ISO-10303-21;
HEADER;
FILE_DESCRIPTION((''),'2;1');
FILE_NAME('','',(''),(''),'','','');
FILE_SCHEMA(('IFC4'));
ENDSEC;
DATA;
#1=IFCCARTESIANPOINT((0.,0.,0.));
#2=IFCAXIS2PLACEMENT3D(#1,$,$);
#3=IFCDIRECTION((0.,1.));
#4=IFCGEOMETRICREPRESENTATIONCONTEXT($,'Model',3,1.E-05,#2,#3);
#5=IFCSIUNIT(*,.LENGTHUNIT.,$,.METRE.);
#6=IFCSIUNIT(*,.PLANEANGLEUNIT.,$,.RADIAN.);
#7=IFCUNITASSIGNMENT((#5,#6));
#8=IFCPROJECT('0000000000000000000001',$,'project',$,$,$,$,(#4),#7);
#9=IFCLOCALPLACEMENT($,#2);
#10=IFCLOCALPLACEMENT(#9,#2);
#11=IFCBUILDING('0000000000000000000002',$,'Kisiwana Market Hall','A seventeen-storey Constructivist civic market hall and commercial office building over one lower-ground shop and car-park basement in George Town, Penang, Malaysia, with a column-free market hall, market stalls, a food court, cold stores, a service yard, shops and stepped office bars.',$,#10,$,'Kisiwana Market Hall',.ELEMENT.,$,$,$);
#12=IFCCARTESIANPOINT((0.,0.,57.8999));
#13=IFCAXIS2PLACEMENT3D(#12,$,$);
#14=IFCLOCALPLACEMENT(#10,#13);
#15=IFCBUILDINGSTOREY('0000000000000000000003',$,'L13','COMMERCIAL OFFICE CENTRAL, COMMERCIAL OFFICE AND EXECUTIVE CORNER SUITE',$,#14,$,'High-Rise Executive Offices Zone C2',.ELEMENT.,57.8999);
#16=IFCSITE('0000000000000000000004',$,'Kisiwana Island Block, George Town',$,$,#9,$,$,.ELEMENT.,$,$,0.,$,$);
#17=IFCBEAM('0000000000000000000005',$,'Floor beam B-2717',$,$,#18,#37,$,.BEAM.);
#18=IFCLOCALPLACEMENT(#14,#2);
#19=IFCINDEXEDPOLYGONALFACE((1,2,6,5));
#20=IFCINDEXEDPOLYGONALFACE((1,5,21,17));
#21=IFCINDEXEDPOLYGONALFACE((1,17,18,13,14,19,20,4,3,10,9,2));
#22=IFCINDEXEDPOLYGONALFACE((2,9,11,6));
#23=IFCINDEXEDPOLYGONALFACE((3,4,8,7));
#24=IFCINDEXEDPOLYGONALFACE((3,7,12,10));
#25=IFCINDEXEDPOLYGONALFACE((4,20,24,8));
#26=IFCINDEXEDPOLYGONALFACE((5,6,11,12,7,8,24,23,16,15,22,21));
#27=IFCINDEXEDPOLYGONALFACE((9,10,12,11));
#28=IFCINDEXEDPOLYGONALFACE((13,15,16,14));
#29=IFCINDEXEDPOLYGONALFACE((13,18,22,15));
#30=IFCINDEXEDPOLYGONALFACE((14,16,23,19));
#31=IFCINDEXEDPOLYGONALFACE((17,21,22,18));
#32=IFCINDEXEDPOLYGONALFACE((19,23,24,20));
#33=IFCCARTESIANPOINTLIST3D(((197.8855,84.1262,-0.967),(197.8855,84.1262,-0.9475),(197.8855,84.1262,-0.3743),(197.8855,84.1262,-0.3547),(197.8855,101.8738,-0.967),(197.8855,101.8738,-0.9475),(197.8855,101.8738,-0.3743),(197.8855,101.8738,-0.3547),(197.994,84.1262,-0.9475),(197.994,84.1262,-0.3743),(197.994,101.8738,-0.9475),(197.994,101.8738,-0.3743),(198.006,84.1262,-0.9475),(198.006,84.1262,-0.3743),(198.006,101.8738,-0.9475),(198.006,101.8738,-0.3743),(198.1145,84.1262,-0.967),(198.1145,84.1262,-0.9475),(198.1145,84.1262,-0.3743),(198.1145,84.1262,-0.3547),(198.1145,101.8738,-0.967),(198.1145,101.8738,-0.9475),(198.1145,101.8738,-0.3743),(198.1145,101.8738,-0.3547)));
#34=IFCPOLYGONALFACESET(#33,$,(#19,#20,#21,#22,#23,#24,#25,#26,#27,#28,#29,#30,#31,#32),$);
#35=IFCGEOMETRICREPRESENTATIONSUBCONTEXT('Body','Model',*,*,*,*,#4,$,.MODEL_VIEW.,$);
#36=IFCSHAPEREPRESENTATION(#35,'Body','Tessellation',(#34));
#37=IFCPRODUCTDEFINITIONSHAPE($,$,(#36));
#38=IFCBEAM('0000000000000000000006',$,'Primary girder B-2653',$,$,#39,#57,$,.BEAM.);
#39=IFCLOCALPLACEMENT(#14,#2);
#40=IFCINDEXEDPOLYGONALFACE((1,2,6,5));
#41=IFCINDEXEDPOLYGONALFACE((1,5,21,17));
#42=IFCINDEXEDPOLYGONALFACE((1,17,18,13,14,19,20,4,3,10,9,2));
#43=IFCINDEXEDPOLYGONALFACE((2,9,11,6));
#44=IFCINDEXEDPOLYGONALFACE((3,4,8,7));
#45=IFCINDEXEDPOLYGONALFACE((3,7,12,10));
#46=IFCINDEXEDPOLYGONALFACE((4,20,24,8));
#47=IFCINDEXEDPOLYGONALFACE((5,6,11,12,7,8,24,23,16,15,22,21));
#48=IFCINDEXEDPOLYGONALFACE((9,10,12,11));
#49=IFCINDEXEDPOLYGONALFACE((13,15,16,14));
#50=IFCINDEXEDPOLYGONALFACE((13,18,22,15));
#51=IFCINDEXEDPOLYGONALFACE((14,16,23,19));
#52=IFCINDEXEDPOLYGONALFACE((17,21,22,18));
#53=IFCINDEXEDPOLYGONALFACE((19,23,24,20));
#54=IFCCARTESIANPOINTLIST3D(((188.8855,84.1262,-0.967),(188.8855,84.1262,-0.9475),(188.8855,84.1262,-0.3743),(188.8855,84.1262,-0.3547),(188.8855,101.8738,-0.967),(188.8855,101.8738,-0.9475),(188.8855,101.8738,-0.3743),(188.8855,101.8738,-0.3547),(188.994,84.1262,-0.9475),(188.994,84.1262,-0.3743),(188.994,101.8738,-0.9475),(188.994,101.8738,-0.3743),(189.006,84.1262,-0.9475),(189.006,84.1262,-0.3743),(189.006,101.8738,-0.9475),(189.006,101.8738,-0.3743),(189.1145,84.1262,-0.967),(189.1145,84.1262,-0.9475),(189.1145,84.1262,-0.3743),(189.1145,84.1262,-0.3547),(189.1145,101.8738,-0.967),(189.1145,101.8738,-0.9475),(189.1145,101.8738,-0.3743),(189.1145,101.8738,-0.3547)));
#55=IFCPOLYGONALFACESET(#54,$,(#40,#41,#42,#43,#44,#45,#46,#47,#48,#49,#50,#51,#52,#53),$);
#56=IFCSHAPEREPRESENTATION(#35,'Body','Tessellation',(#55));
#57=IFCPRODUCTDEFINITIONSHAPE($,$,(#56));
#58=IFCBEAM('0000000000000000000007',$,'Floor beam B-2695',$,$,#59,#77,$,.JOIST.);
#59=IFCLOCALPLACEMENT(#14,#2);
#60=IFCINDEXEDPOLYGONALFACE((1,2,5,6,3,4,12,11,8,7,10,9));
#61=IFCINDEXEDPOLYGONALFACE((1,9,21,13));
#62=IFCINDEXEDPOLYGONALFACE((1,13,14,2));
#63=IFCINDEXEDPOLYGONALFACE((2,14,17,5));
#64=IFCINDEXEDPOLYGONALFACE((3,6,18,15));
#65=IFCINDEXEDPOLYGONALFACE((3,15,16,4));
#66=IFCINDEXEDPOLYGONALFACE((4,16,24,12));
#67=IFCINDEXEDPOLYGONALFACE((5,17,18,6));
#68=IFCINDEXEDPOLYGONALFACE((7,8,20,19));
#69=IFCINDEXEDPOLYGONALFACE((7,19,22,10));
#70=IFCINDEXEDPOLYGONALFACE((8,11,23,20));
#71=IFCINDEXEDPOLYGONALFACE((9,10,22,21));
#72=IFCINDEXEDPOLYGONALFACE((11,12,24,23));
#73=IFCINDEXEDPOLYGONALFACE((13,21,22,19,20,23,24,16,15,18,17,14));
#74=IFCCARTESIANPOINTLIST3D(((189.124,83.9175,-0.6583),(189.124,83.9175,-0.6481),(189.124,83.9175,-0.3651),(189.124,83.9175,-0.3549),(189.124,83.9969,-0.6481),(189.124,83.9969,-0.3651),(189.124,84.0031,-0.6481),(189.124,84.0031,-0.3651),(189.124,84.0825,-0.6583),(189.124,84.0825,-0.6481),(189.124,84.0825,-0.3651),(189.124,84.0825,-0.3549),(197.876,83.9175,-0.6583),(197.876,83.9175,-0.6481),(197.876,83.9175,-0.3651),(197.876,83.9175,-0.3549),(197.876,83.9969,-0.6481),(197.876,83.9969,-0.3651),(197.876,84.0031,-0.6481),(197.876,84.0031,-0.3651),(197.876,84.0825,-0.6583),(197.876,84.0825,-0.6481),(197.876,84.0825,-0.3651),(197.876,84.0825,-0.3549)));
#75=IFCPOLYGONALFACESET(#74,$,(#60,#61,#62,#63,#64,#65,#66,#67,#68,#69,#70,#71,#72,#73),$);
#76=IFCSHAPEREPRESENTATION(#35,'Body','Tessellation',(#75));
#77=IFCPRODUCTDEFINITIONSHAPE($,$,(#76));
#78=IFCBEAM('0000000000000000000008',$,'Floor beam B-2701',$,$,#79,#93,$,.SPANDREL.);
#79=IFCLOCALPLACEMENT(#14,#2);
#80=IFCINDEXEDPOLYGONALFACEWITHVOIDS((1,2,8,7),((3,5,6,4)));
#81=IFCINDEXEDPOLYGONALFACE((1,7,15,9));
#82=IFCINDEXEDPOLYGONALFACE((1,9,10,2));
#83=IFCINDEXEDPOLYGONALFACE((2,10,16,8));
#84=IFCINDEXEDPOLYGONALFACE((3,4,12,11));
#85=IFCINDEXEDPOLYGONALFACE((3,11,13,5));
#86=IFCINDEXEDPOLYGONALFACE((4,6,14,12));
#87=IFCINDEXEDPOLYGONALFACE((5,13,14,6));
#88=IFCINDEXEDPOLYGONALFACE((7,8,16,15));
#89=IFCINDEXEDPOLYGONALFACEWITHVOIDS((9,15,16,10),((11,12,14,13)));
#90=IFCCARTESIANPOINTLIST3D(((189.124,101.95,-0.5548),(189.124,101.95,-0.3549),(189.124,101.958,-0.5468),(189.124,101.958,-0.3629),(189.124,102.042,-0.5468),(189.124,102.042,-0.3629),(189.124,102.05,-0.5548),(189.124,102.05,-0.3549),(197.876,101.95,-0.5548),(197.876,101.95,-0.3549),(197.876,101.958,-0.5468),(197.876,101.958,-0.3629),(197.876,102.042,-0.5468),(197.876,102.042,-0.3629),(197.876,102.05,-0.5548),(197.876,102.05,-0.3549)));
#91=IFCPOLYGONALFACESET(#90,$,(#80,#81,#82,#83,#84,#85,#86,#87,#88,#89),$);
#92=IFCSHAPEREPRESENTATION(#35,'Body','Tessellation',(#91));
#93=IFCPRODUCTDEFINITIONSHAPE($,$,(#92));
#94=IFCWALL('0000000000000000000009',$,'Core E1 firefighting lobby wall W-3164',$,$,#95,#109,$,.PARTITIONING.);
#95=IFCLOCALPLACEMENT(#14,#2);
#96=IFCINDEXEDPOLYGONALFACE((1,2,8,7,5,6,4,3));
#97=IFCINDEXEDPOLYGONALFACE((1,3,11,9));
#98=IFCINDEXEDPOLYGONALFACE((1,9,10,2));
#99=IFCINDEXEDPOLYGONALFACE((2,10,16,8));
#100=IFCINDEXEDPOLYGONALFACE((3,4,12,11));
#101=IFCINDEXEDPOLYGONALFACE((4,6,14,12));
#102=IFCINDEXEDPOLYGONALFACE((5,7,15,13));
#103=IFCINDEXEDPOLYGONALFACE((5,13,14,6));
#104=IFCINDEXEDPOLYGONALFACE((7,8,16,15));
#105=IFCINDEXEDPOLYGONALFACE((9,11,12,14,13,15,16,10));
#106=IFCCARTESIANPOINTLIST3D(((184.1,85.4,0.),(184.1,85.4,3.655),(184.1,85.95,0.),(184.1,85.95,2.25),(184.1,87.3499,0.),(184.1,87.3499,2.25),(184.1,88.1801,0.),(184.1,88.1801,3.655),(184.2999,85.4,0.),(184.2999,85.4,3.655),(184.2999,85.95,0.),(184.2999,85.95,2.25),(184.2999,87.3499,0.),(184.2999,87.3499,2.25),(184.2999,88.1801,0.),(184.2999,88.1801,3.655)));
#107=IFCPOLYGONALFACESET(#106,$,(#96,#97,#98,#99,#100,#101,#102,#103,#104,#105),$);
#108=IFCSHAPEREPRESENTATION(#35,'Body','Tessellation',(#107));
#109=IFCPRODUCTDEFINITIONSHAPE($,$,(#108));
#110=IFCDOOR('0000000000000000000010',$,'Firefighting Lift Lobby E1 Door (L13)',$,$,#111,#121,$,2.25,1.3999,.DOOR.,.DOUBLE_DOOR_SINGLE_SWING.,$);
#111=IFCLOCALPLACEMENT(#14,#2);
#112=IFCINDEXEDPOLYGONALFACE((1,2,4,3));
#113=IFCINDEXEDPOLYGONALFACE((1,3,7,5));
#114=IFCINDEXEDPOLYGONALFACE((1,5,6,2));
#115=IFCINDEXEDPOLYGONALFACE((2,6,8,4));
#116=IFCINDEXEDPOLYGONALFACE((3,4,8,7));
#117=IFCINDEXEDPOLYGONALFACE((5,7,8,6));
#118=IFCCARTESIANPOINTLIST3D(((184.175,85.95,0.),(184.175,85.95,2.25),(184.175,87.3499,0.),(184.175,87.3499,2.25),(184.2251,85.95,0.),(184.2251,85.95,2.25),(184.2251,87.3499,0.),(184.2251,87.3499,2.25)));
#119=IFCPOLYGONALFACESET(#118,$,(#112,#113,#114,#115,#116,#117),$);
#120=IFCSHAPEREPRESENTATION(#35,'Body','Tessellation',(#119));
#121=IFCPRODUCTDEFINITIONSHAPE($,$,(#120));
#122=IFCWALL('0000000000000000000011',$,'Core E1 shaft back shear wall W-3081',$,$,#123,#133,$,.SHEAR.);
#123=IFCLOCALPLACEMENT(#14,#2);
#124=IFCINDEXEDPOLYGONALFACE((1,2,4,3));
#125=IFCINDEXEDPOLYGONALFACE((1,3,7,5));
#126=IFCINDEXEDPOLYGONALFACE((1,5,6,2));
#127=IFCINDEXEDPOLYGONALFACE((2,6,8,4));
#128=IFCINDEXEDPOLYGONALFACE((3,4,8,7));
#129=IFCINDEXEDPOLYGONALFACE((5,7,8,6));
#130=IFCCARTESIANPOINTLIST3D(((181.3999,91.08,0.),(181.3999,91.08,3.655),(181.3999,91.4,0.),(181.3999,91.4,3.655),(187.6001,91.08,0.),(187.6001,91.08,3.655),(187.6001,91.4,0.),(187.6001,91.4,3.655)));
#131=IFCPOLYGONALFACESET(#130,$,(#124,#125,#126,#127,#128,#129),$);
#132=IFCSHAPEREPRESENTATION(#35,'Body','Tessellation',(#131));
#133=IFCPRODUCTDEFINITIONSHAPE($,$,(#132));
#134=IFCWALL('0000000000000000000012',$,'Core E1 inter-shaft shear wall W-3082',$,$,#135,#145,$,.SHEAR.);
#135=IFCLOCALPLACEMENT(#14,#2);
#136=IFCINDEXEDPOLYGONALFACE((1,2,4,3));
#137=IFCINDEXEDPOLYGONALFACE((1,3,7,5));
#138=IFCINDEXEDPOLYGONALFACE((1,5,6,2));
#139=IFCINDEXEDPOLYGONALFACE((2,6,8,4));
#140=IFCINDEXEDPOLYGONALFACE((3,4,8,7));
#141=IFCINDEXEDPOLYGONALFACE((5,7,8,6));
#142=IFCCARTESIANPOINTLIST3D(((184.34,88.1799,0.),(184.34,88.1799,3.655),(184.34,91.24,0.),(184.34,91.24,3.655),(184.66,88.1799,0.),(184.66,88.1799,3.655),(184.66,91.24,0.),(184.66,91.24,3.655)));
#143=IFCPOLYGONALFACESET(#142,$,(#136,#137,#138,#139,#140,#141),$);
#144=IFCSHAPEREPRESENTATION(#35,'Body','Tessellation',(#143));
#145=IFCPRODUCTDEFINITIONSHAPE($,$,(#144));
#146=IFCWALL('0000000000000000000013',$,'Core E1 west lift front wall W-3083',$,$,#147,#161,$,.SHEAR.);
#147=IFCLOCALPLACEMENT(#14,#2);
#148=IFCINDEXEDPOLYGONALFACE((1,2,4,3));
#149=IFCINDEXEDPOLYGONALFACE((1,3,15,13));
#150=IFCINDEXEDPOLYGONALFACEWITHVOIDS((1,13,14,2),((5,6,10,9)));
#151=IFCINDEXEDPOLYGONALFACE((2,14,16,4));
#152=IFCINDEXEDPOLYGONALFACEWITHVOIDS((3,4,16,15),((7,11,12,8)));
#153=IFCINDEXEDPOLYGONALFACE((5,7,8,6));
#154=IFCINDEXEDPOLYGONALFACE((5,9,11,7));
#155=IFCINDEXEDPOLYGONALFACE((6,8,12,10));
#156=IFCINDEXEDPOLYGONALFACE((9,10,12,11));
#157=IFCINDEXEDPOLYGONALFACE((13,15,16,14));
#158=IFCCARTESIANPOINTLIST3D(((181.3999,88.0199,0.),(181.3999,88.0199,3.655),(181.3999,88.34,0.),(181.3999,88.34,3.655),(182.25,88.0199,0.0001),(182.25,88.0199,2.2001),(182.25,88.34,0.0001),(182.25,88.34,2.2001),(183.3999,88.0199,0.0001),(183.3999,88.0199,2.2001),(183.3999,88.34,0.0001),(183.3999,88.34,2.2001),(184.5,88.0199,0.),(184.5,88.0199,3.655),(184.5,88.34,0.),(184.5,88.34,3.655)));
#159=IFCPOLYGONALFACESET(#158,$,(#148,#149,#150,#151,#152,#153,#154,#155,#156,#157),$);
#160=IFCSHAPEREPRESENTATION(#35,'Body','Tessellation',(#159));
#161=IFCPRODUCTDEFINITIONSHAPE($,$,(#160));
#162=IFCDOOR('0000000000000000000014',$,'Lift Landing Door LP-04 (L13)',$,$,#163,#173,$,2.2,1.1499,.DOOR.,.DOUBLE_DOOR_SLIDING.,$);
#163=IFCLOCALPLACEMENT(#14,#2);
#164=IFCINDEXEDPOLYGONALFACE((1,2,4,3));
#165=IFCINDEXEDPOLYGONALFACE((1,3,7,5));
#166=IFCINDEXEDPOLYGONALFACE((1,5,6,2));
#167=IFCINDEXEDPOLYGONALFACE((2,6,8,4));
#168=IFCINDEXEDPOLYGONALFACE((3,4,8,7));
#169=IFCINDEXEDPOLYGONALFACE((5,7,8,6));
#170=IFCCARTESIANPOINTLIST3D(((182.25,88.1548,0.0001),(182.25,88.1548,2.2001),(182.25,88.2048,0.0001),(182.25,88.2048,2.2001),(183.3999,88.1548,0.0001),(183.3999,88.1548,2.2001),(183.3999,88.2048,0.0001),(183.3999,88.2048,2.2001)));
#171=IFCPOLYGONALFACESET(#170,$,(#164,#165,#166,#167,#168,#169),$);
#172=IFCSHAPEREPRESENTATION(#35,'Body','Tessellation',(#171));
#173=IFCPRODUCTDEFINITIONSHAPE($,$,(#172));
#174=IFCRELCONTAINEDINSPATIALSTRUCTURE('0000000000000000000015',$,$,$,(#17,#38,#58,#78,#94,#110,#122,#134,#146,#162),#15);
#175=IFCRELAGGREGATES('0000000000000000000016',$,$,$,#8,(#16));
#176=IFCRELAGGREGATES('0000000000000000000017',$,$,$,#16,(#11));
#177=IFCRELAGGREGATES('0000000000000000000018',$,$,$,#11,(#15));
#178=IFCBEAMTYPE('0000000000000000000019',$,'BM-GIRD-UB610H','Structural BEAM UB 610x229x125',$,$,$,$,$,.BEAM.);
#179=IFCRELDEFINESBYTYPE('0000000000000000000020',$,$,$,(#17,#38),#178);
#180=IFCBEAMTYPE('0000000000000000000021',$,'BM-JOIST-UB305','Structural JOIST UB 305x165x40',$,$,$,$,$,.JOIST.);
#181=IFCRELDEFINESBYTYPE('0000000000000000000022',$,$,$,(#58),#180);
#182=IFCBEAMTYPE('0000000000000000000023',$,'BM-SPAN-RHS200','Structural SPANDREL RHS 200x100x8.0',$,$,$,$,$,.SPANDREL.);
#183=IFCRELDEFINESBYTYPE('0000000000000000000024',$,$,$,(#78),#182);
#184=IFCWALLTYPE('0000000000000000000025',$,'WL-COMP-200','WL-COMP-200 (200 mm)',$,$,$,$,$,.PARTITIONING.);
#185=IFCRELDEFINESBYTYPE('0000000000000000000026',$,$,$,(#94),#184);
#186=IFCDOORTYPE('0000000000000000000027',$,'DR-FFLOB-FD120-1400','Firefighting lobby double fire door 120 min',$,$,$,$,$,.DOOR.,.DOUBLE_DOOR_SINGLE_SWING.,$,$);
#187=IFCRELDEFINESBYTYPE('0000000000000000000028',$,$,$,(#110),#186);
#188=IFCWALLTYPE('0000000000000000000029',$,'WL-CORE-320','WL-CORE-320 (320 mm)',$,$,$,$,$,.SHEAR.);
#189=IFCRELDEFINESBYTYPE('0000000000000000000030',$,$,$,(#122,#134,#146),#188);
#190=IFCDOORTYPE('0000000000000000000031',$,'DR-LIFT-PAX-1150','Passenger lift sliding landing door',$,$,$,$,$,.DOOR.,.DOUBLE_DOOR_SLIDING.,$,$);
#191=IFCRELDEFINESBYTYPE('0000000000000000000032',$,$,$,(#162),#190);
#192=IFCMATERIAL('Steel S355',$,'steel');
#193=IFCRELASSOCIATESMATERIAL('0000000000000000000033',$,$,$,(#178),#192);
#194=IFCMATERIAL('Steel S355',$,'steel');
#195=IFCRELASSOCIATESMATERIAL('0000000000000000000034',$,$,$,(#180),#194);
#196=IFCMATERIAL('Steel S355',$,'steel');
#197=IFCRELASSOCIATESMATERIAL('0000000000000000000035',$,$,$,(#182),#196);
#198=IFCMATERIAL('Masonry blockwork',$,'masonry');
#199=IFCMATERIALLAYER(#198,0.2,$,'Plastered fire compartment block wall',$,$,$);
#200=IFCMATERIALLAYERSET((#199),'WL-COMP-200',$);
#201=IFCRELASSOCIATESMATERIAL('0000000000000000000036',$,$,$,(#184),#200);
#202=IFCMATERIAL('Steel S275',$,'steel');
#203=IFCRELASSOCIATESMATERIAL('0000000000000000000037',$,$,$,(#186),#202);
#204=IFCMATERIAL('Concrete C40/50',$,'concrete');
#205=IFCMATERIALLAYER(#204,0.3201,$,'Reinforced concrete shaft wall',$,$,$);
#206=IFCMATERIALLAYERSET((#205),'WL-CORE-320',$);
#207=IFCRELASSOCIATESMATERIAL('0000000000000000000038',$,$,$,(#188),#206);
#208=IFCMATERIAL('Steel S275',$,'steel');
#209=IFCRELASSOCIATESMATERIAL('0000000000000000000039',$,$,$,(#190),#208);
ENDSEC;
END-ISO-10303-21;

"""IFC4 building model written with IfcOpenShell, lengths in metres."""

from ifc_helpers import new_model, si_unit, direction, frame, frame_2d, origin, origin_2d, place, context, subcontext, project, spatial, rectangle, hollow_rectangle, i_section, extrude, material, layer, layer_set, material_profile, profile_set, type_object, element, fill, save


model = new_model("IFC4")

# Units and contexts
model_context = context("Model", 3, precision=1e-05, world=origin(), true_north=direction((0.0, 1.0)))
body_context = subcontext(model_context, "Body", "Model", "MODEL_VIEW")
ifc_project = project(units=[si_unit("LENGTHUNIT", "METRE"), si_unit("PLANEANGLEUNIT", "RADIAN")], contexts=[model_context])

# Site, building, storey
site_placement = place(None, origin())
site = spatial("IfcSite", under=ifc_project, at=site_placement, Name="Kisiwana Island Block, George Town", CompositionType="ELEMENT", RefElevation=0.0)
building_placement = place(site_placement, origin())
building = spatial("IfcBuilding", under=site, at=building_placement, Name="Kisiwana Market Hall", Description="A seventeen-storey Constructivist civic market hall and commercial office building over one lower-ground shop and car-park basement in George Town, Penang, Malaysia, with a column-free market hall, market stalls, a food court, cold stores, a service yard, shops and stepped office bars.", LongName="Kisiwana Market Hall", CompositionType="ELEMENT")
storey_placement = place(building_placement, frame((0.0, 0.0, 57.8999)))
storey = spatial("IfcBuildingStorey", under=building, at=storey_placement, Name="L13", Description="COMMERCIAL OFFICE CENTRAL, COMMERCIAL OFFICE AND EXECUTIVE CORNER SUITE", LongName="High-Rise Executive Offices Zone C2", CompositionType="ELEMENT", Elevation=57.8999)

# Beams
ifc_material_1 = material(Name="Steel S355", Category="steel")
ifc_material_profile_1 = material_profile(ifc_material_1, i_section(OverallWidth=0.229, OverallDepth=0.6123, WebThickness=0.012, FlangeThickness=0.0195, at=origin_2d()), Name="UB 610x229x125")
ifc_profile_set_1 = profile_set([ifc_material_profile_1], Name="Steel S355")
beam_type_1 = type_object("IfcBeamType", Name="BM-GIRD-UB610H", Description="Structural BEAM UB 610x229x125", PredefinedType="BEAM", material=ifc_profile_set_1)
for number, where, z_axis, x_axis, name in (
    (1, (198.0, 84.1262, -0.6609), (0.0, 1.0, 0.0), (-1.0, 0.0, 0.0), "Floor beam B-2717"),
    (2, (189.0, 84.1262, -0.6609), (0.0, 1.0, 0.0), (-1.0, 0.0, 0.0), "Primary girder B-2653"),
):
    element("IfcBeam", number, at=place(storey_placement, frame(where, z_axis=z_axis, x_axis=x_axis)), inside=storey, type_object=beam_type_1, Name=name, PredefinedType="BEAM", context=body_context, shape_type="SweptSolid", body=[
        extrude(i_section(OverallWidth=0.229, OverallDepth=0.6123, WebThickness=0.012, FlangeThickness=0.0195, at=origin_2d()), origin(), (0.0, 0.0, 1.0), 17.7476),
    ])
ifc_material_2 = material(Name="Steel S355", Category="steel")
ifc_material_profile_2 = material_profile(ifc_material_2, i_section(OverallWidth=0.165, OverallDepth=0.3035, WebThickness=0.0061, FlangeThickness=0.0103, at=origin_2d()), Name="UB 305x165x40")
ifc_profile_set_2 = profile_set([ifc_material_profile_2], Name="Steel S355")
beam_type_2 = type_object("IfcBeamType", Name="BM-JOIST-UB305", Description="Structural JOIST UB 305x165x40", PredefinedType="JOIST", material=ifc_profile_set_2)
beam_1_placement = place(storey_placement, frame((189.124, 84.0, -0.5066), z_axis=(1.0, 0.0, 0.0), x_axis=(0.0, 1.0, 0.0)))
element("IfcBeam", 3, at=beam_1_placement, inside=storey, type_object=beam_type_2, Name="Floor beam B-2695", PredefinedType="JOIST", context=body_context, shape_type="SweptSolid", body=[
    extrude(i_section(OverallWidth=0.165, OverallDepth=0.3035, WebThickness=0.0061, FlangeThickness=0.0103, at=origin_2d()), origin(), (0.0, 0.0, 1.0), 8.752),
])
ifc_material_3 = material(Name="Steel S355", Category="steel")
ifc_material_profile_3 = material_profile(ifc_material_3, hollow_rectangle(XDim=0.1001, YDim=0.2, WallThickness=0.0081, at=origin_2d()), Name="RHS 200x100x8.0")
ifc_profile_set_3 = profile_set([ifc_material_profile_3], Name="Steel S355")
beam_type_3 = type_object("IfcBeamType", Name="BM-SPAN-RHS200", Description="Structural SPANDREL RHS 200x100x8.0", PredefinedType="SPANDREL", material=ifc_profile_set_3)
beam_2_placement = place(storey_placement, frame((189.124, 102.0, -0.4548), z_axis=(1.0, 0.0, 0.0), x_axis=(0.0, 1.0, 0.0)))
element("IfcBeam", 4, at=beam_2_placement, inside=storey, type_object=beam_type_3, Name="Floor beam B-2701", PredefinedType="SPANDREL", context=body_context, shape_type="SweptSolid", body=[
    extrude(hollow_rectangle(XDim=0.1001, YDim=0.2, WallThickness=0.0081, at=origin_2d()), origin(), (0.0, 0.0, 1.0), 8.752),
])

# Wall, opening, door
ifc_material_4 = material(Name="Masonry blockwork", Category="masonry")
ifc_layer_1 = layer(ifc_material_4, 0.2, Name="Plastered fire compartment block wall")
ifc_layer_set_1 = layer_set([ifc_layer_1], Name="WL-COMP-200")
wall_type_1 = type_object("IfcWallType", Name="WL-COMP-200", Description="WL-COMP-200 (200 mm)", PredefinedType="PARTITIONING", material=ifc_layer_set_1)
wall_1_placement = place(storey_placement, frame((184.2, 85.3999, 0.0), z_axis=(0.0, 0.0, 1.0), x_axis=(0.0, 1.0, 0.0)))
wall_1 = element("IfcWall", 5, at=wall_1_placement, inside=storey, type_object=wall_type_1, Name="Core E1 firefighting lobby wall W-3164", PredefinedType="PARTITIONING", context=body_context, shape_type="SweptSolid", body=[
    extrude(rectangle(XDim=2.78, YDim=0.2, at=frame_2d((1.3901, 0.0))), origin(), (0.0, 0.0, 1.0), 3.655),
])
opening_1_placement = place(wall_1_placement, frame((0.55, 0.0, 0.0)))
opening_1 = element("IfcOpeningElement", 6, at=opening_1_placement, cuts=wall_1, PredefinedType="OPENING", context=body_context, shape_type="SweptSolid", body=[
    extrude(rectangle(XDim=1.3999, YDim=2.25, at=frame_2d((0.7, 1.125))), frame((0.0, 0.1118, 0.0), z_axis=(0.0, -1.0, 0.0), x_axis=(1.0, 0.0, 0.0)), (0.0, 0.0, 1.0), 0.2239),
])
ifc_material_5 = material(Name="Steel S275", Category="steel")
door_type_1 = type_object("IfcDoorType", Name="DR-FFLOB-FD120-1400", Description="Firefighting lobby double fire door 120 min", OperationType="DOUBLE_DOOR_SINGLE_SWING", PredefinedType="DOOR", material=ifc_material_5)
door_1_placement = place(opening_1_placement, origin())
door_1 = element("IfcDoor", 7, at=door_1_placement, inside=storey, type_object=door_type_1, Name="Firefighting Lift Lobby E1 Door (L13)", OperationType="DOUBLE_DOOR_SINGLE_SWING", OverallHeight=2.25, OverallWidth=1.3999, PredefinedType="DOOR", context=body_context, shape_type="SweptSolid", body=[
    extrude(rectangle(XDim=1.3999, YDim=2.25, at=frame_2d((0.7, 1.125))), frame((0.0, 0.0249, 0.0), z_axis=(0.0, -1.0, 0.0), x_axis=(1.0, 0.0, 0.0)), (0.0, 0.0, 1.0), 0.05),
])
fill(opening_1, door_1)

# Walls
ifc_material_6 = material(Name="Concrete C40/50", Category="concrete")
ifc_layer_2 = layer(ifc_material_6, 0.3201, Name="Reinforced concrete shaft wall")
ifc_layer_set_2 = layer_set([ifc_layer_2], Name="WL-CORE-320")
wall_type_2 = type_object("IfcWallType", Name="WL-CORE-320", Description="WL-CORE-320 (320 mm)", PredefinedType="SHEAR", material=ifc_layer_set_2)
wall_2_placement = place(storey_placement, frame((181.3999, 91.24, 0.0), z_axis=(0.0, 0.0, 1.0), x_axis=(1.0, 0.0, 0.0)))
element("IfcWall", 8, at=wall_2_placement, inside=storey, type_object=wall_type_2, Name="Core E1 shaft back shear wall W-3081", PredefinedType="SHEAR", context=body_context, shape_type="SweptSolid", body=[
    extrude(rectangle(XDim=6.2002, YDim=0.3201, at=frame_2d((3.1001, 0.0))), origin(), (0.0, 0.0, 1.0), 3.655),
])
wall_3_placement = place(storey_placement, frame((184.5, 88.1799, 0.0), z_axis=(0.0, 0.0, 1.0), x_axis=(0.0, 1.0, 0.0)))
element("IfcWall", 9, at=wall_3_placement, inside=storey, type_object=wall_type_2, Name="Core E1 inter-shaft shear wall W-3082", PredefinedType="SHEAR", context=body_context, shape_type="SweptSolid", body=[
    extrude(rectangle(XDim=3.0601, YDim=0.3201, at=frame_2d((1.53, 0.0))), origin(), (0.0, 0.0, 1.0), 3.655),
])

# Wall, opening, door
wall_4_placement = place(storey_placement, frame((181.3999, 88.1799, 0.0), z_axis=(0.0, 0.0, 1.0), x_axis=(1.0, 0.0, 0.0)))
wall_4 = element("IfcWall", 10, at=wall_4_placement, inside=storey, type_object=wall_type_2, Name="Core E1 west lift front wall W-3083", PredefinedType="SHEAR", context=body_context, shape_type="SweptSolid", body=[
    extrude(rectangle(XDim=3.1001, YDim=0.3201, at=frame_2d((1.55, 0.0))), origin(), (0.0, 0.0, 1.0), 3.655),
])
opening_2_placement = place(wall_4_placement, frame((0.8501, 0.0, 0.0)))
opening_2 = element("IfcOpeningElement", 11, at=opening_2_placement, cuts=wall_4, PredefinedType="OPENING", context=body_context, shape_type="SweptSolid", body=[
    extrude(rectangle(XDim=1.1499, YDim=2.2, at=frame_2d((0.575, 1.1001))), frame((0.0, 0.1719, 0.0), z_axis=(0.0, -1.0, 0.0), x_axis=(1.0, 0.0, 0.0)), (0.0, 0.0, 1.0), 0.344),
])
ifc_material_7 = material(Name="Steel S275", Category="steel")
door_type_2 = type_object("IfcDoorType", Name="DR-LIFT-PAX-1150", Description="Passenger lift sliding landing door", OperationType="DOUBLE_DOOR_SLIDING", PredefinedType="DOOR", material=ifc_material_7)
door_2_placement = place(opening_2_placement, origin())
door_2 = element("IfcDoor", 12, at=door_2_placement, inside=storey, type_object=door_type_2, Name="Lift Landing Door LP-04 (L13)", OperationType="DOUBLE_DOOR_SLIDING", OverallHeight=2.2, OverallWidth=1.1499, PredefinedType="DOOR", context=body_context, shape_type="SweptSolid", body=[
    extrude(rectangle(XDim=1.1499, YDim=2.2, at=frame_2d((0.575, 1.1001))), frame((0.0, 0.0249, 0.0), z_axis=(0.0, -1.0, 0.0), x_axis=(1.0, 0.0, 0.0)), (0.0, 0.0, 1.0), 0.05),
])
fill(opening_2, door_2)

save(model, "model.ifc")
